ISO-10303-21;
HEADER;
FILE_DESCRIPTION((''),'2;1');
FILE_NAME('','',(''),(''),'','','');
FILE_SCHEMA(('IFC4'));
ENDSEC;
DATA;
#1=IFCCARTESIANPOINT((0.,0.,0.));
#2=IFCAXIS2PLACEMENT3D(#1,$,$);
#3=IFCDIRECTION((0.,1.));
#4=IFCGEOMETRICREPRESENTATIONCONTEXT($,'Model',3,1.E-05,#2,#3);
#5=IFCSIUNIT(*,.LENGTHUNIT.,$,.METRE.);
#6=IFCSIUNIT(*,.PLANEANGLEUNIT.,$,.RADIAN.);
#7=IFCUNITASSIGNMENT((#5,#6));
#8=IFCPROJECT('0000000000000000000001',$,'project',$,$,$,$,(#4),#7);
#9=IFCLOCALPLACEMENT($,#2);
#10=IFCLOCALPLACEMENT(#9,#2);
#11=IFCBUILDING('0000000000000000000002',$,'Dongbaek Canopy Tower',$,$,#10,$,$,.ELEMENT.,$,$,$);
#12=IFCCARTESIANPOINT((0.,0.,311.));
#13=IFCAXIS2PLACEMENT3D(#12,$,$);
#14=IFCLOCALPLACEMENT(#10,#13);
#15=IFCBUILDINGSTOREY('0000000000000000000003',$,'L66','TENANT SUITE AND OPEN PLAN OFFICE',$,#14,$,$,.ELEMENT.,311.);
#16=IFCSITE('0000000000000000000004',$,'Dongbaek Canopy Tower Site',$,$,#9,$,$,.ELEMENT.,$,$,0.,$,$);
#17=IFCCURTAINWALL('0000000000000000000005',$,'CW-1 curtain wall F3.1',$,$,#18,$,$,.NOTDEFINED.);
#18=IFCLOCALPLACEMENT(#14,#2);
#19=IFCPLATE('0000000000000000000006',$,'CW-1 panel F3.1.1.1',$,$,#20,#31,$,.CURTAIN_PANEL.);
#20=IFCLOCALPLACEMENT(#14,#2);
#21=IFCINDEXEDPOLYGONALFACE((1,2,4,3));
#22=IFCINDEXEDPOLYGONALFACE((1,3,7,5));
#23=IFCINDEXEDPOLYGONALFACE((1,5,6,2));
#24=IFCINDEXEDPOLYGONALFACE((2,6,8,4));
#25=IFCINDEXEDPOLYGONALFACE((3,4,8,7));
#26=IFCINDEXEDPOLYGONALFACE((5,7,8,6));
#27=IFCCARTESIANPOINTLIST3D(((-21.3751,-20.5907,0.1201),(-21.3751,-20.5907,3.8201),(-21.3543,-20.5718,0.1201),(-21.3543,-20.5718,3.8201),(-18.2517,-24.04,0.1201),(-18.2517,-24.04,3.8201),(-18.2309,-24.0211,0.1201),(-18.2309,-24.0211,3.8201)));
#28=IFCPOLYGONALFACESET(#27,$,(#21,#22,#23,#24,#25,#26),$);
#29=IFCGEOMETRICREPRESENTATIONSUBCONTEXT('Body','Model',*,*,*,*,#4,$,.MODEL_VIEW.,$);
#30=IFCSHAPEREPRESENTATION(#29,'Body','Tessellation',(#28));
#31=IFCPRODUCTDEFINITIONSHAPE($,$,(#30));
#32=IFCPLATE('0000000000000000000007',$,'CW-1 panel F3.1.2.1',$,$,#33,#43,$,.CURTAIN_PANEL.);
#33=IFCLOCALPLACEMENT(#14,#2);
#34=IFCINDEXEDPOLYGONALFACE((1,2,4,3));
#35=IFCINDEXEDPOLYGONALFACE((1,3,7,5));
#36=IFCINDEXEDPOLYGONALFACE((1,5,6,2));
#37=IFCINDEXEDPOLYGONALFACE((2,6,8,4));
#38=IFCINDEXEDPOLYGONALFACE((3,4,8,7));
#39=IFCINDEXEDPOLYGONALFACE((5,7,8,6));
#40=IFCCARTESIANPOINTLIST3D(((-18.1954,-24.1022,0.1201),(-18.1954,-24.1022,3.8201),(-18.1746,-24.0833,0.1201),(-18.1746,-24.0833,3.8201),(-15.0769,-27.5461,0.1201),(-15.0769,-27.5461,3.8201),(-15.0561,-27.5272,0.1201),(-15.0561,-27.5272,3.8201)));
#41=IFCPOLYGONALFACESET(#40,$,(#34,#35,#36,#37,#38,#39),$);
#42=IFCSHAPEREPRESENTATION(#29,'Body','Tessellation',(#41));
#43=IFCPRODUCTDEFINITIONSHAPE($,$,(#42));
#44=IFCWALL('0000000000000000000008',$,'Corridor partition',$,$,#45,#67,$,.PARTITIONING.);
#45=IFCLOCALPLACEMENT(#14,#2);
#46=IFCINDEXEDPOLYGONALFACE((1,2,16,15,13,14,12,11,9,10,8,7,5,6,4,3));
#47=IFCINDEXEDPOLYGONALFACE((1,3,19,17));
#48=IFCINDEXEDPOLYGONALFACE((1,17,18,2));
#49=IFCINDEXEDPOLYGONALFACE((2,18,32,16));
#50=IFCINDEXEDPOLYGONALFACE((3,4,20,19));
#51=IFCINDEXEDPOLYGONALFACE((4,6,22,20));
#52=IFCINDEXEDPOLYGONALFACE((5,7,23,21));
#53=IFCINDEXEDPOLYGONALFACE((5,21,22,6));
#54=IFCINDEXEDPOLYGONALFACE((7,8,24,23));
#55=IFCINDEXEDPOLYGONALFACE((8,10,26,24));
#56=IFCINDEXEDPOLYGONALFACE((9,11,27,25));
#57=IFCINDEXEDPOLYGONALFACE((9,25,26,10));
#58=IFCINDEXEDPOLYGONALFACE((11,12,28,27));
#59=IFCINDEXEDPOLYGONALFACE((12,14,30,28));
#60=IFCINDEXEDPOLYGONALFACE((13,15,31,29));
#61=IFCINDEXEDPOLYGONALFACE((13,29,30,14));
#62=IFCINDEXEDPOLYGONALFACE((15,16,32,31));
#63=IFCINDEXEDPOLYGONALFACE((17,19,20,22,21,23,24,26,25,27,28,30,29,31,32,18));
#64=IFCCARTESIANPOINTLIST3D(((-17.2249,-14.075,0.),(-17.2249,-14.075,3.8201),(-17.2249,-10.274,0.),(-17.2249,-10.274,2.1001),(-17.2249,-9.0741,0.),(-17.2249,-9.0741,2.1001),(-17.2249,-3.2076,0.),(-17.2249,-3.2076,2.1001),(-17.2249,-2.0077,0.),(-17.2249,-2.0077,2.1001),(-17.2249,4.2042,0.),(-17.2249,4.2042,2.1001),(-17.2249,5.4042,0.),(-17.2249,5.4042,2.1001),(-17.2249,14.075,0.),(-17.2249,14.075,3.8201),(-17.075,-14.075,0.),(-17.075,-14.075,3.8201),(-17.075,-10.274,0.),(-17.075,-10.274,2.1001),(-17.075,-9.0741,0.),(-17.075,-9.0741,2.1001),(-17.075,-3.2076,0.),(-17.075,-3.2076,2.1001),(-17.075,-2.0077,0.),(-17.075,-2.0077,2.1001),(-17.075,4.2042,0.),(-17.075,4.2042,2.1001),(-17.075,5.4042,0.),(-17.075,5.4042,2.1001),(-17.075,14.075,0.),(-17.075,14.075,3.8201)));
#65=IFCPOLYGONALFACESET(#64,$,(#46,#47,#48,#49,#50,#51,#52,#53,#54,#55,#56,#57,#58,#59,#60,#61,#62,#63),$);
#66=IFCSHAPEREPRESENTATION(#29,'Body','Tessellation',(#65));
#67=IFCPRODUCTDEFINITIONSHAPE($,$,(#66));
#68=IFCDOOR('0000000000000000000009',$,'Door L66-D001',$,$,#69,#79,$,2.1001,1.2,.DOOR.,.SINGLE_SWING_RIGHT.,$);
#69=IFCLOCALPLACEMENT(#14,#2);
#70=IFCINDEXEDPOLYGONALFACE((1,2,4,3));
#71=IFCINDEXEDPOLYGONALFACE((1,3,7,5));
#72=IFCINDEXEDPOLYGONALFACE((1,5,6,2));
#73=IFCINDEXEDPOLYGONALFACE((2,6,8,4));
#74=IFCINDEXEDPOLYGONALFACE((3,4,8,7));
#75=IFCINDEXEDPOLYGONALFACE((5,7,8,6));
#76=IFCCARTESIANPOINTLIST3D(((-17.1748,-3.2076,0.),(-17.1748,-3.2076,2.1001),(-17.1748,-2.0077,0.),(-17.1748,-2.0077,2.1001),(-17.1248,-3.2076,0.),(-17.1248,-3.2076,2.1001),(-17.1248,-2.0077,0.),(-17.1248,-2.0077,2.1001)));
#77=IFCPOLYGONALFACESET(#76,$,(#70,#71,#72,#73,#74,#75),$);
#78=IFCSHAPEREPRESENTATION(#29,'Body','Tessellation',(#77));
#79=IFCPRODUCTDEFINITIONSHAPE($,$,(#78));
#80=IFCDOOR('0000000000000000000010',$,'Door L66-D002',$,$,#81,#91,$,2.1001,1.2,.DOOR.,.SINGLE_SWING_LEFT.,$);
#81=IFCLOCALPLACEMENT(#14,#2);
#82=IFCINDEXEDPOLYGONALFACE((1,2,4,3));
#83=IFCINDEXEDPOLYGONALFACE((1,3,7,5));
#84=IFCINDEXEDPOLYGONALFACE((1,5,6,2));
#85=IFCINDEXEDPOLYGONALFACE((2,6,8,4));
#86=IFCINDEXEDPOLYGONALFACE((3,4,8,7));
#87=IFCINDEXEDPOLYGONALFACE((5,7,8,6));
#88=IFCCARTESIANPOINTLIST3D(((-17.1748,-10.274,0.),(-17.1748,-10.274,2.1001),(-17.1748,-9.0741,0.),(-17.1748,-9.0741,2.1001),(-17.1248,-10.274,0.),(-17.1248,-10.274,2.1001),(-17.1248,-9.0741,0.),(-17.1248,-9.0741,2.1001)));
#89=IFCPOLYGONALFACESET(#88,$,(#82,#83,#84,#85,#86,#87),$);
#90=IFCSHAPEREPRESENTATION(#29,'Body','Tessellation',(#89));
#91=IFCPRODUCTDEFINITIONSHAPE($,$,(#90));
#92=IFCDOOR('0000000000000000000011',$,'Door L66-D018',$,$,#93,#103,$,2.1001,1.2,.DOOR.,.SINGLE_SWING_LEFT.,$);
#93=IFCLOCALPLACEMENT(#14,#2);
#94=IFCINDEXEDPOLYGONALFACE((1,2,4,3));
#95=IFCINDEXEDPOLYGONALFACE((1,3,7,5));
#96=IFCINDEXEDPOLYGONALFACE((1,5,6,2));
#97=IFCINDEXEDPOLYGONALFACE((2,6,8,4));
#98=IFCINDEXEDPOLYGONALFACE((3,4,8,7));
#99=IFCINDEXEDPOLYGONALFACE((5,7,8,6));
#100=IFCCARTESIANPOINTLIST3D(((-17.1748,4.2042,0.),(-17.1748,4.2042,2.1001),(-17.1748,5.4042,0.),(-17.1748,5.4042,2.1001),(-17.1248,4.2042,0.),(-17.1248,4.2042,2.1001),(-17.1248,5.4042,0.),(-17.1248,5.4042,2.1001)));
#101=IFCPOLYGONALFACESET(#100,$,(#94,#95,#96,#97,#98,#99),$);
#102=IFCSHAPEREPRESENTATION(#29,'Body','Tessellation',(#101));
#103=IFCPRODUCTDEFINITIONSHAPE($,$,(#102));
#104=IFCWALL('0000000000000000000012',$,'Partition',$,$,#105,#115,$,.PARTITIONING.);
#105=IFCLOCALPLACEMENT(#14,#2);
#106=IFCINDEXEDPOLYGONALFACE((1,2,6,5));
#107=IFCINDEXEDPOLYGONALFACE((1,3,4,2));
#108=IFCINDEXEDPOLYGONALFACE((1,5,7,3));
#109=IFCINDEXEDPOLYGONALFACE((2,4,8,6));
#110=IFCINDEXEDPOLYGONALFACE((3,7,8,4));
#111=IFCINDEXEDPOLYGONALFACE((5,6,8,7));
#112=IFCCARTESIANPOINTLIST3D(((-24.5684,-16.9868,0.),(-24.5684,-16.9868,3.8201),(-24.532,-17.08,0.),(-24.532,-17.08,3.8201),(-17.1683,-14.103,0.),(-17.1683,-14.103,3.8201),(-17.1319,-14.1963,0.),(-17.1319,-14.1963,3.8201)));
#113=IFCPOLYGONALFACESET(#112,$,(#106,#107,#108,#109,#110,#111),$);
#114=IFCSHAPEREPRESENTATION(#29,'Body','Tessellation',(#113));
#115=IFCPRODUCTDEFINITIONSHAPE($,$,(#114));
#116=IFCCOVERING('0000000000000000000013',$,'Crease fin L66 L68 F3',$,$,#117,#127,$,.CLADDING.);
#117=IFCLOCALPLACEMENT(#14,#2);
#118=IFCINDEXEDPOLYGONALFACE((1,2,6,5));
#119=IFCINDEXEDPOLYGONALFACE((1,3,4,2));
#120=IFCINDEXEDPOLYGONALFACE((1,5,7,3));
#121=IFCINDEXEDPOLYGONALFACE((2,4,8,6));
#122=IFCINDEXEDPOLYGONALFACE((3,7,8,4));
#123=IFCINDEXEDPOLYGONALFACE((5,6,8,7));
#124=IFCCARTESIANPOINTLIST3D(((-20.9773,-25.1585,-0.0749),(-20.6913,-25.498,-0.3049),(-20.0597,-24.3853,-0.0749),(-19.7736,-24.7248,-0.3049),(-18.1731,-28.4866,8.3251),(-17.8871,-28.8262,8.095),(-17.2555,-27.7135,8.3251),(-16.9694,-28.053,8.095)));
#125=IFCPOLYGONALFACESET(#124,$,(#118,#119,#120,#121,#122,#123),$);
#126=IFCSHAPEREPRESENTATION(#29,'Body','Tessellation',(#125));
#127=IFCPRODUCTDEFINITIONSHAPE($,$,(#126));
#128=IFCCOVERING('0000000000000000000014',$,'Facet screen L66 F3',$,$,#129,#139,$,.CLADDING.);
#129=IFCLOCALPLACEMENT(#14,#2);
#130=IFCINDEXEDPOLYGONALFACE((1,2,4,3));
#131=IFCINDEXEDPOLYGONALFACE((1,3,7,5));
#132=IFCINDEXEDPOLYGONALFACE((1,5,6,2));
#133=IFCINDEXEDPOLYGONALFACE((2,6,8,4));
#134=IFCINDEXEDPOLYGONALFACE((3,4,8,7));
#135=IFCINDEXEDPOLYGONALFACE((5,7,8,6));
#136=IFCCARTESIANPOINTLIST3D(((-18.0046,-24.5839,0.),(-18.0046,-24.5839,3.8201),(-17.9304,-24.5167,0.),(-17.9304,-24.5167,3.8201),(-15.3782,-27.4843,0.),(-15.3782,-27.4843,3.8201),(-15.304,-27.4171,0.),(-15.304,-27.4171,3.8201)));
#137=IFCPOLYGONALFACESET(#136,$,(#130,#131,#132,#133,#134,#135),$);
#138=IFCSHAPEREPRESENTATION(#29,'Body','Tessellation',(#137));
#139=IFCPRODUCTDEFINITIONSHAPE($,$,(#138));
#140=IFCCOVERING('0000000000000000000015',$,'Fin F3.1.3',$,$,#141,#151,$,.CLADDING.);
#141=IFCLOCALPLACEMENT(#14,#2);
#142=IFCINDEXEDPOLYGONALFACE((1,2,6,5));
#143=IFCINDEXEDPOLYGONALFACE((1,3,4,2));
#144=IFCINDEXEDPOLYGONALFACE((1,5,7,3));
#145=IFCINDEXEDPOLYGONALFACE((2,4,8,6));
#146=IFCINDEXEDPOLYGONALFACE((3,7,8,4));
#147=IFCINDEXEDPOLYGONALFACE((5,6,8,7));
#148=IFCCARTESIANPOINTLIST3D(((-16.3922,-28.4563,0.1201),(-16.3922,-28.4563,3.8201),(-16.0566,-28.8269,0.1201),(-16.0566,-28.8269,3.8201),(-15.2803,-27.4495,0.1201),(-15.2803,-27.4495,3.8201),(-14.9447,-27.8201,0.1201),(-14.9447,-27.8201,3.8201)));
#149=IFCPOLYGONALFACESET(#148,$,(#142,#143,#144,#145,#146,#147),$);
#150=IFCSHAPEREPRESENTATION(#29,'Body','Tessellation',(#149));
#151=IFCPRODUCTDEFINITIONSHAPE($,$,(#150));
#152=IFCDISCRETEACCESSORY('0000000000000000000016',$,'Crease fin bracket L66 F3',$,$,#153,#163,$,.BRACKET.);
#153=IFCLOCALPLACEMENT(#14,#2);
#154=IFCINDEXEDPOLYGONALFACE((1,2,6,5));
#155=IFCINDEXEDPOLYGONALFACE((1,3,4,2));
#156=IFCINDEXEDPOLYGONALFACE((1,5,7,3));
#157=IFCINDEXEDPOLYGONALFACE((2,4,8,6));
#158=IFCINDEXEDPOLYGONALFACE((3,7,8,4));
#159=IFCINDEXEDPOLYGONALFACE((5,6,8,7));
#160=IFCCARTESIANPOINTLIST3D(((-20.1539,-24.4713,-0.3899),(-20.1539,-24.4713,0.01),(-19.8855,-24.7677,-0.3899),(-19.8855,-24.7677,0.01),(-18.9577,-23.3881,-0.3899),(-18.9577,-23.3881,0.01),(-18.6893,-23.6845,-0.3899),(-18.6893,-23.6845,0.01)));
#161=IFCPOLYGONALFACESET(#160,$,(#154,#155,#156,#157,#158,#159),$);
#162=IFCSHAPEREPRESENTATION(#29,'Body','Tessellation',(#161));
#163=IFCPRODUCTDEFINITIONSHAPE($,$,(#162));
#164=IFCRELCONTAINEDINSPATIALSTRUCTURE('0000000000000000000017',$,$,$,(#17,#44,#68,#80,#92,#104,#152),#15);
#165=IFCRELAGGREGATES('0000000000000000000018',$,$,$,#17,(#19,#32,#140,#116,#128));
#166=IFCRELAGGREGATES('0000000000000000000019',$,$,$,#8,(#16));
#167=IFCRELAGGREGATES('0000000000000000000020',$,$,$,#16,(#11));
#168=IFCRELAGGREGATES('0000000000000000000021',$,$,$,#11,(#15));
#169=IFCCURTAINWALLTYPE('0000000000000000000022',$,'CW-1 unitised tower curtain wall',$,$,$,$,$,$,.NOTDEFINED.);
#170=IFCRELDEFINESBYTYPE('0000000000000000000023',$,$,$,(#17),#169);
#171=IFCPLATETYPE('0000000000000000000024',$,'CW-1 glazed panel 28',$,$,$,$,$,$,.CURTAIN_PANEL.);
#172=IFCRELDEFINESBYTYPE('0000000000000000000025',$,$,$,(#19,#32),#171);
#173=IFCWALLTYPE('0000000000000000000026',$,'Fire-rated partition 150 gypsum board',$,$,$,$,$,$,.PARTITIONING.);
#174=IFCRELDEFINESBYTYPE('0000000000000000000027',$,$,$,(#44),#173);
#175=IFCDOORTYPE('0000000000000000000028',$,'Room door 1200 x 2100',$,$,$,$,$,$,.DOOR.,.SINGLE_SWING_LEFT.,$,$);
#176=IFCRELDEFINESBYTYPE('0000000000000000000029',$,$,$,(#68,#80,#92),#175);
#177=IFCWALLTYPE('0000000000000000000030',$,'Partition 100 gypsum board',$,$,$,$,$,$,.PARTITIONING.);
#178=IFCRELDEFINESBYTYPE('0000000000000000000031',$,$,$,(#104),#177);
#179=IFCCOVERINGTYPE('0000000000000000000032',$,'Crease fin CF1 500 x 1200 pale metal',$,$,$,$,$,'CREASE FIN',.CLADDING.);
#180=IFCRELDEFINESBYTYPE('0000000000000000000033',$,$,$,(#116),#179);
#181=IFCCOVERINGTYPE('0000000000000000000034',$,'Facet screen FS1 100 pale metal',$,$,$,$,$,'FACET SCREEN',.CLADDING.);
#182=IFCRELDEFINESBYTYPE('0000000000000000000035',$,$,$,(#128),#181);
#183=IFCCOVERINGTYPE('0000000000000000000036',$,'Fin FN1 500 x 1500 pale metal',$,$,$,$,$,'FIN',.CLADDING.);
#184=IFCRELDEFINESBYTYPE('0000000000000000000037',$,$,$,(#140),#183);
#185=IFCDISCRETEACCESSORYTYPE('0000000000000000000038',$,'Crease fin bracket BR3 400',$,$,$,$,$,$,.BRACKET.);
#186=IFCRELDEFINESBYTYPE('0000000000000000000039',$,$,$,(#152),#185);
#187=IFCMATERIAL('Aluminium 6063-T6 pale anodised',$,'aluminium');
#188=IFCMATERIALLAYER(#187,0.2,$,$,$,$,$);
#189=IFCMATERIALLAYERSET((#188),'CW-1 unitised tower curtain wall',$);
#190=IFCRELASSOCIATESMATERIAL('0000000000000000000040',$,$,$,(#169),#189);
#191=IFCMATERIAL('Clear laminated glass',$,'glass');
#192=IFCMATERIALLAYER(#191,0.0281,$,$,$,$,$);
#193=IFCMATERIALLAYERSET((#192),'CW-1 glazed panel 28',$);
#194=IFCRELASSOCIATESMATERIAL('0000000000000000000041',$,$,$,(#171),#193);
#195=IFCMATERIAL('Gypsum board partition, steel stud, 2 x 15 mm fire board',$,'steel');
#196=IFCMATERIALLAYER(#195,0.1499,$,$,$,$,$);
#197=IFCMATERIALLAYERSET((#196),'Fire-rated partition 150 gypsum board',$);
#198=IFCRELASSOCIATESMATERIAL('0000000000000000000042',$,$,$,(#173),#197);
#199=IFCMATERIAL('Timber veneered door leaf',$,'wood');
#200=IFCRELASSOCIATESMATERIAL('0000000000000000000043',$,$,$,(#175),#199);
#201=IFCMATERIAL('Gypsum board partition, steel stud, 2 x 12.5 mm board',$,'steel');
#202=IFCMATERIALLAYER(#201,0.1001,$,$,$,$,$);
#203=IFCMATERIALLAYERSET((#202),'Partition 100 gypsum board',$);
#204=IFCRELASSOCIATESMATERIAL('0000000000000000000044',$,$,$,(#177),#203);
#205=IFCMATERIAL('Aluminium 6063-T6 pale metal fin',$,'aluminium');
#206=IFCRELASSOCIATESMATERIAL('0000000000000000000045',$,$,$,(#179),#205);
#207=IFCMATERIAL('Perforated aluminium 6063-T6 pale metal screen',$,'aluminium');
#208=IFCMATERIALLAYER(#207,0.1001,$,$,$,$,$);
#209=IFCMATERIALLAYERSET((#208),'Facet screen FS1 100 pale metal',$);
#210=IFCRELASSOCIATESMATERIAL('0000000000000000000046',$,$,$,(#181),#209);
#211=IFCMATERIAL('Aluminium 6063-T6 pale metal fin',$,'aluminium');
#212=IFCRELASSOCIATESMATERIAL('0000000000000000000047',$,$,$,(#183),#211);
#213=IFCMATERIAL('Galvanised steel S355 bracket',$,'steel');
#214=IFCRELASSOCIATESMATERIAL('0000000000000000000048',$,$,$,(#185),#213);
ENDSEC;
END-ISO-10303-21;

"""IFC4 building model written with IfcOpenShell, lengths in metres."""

from ifc_helpers import new_model, si_unit, direction, frame, frame_2d, origin, origin_2d, place, context, subcontext, project, spatial, rectangle, extrude, material, layer, layer_set, material_profile, profile_set, type_object, element, fill, aggregate, save


model = new_model("IFC4")

# Units and contexts
model_context = context("Model", 3, precision=1e-05, world=origin(), true_north=direction((0.0, 1.0)))
body_context = subcontext(model_context, "Body", "Model", "MODEL_VIEW")
ifc_project = project(units=[si_unit("LENGTHUNIT", "METRE"), si_unit("PLANEANGLEUNIT", "RADIAN")], contexts=[model_context])

# Site, building, storey
site_placement = place(None, origin())
site = spatial("IfcSite", under=ifc_project, at=site_placement, Name="Dongbaek Canopy Tower Site", CompositionType="ELEMENT", RefElevation=0.0)
building_placement = place(site_placement, origin())
building = spatial("IfcBuilding", under=site, at=building_placement, Name="Dongbaek Canopy Tower", CompositionType="ELEMENT")
storey_placement = place(building_placement, frame((0.0, 0.0, 311.0)))
storey = spatial("IfcBuildingStorey", under=building, at=storey_placement, Name="L66", Description="TENANT SUITE AND OPEN PLAN OFFICE", CompositionType="ELEMENT", Elevation=311.0)

# Curtain wall
ifc_material_1 = material(Name="Aluminium 6063-T6 pale anodised", Category="aluminium")
ifc_layer_1 = layer(ifc_material_1, 0.2)
ifc_layer_set_1 = layer_set([ifc_layer_1], Name="CW-1 unitised tower curtain wall")
curtain_wall_type = type_object("IfcCurtainWallType", Name="CW-1 unitised tower curtain wall", PredefinedType="NOTDEFINED", material=ifc_layer_set_1)
curtain_wall_placement = place(storey_placement, origin())
curtain_wall = element("IfcCurtainWall", 1, at=curtain_wall_placement, inside=storey, type_object=curtain_wall_type, Name="CW-1 curtain wall F3.1", PredefinedType="NOTDEFINED")

# Plates
ifc_material_2 = material(Name="Clear laminated glass", Category="glass")
ifc_layer_2 = layer(ifc_material_2, 0.0281)
ifc_layer_set_2 = layer_set([ifc_layer_2], Name="CW-1 glazed panel 28")
plate_type = type_object("IfcPlateType", Name="CW-1 glazed panel 28", PredefinedType="CURTAIN_PANEL", material=ifc_layer_set_2)
plate_1_placement = place(storey_placement, frame((-19.803, -22.3059, 0.1201), z_axis=(0.0, 0.0, 1.0), x_axis=(0.671225, -0.741254, 0.0)))
plate_1 = element("IfcPlate", 2, at=plate_1_placement, type_object=plate_type, Name="CW-1 panel F3.1.1.1", PredefinedType="CURTAIN_PANEL", context=body_context, shape_type="SweptSolid", body=[
    extrude(rectangle(XDim=4.6533, YDim=0.0281, at=origin_2d()), origin(), (0.0, 0.0, 1.0), 3.7),
])
plate_2_placement = place(storey_placement, frame((-16.6257, -25.8147, 0.1201), z_axis=(0.0, 0.0, 1.0), x_axis=(0.671225, -0.741254, 0.0)))
plate_2 = element("IfcPlate", 3, at=plate_2_placement, type_object=plate_type, Name="CW-1 panel F3.1.2.1", PredefinedType="CURTAIN_PANEL", context=body_context, shape_type="SweptSolid", body=[
    extrude(rectangle(XDim=4.646, YDim=0.0281, at=origin_2d()), origin(), (0.0, 0.0, 1.0), 3.7),
])

# Wall, openings, doors
ifc_material_3 = material(Name="Gypsum board partition, steel stud, 2 x 15 mm fire board", Category="steel")
ifc_layer_3 = layer(ifc_material_3, 0.1499)
ifc_layer_set_3 = layer_set([ifc_layer_3], Name="Fire-rated partition 150 gypsum board")
wall_type_1 = type_object("IfcWallType", Name="Fire-rated partition 150 gypsum board", PredefinedType="PARTITIONING", material=ifc_layer_set_3)
wall_1_placement = place(storey_placement, frame((-17.1499, -14.075, 0.0), z_axis=(0.0, 0.0, 1.0), x_axis=(0.0, 1.0, 0.0)))
wall_1 = element("IfcWall", 4, at=wall_1_placement, inside=storey, type_object=wall_type_1, Name="Corridor partition", PredefinedType="PARTITIONING", context=body_context, shape_type="SweptSolid", body=[
    extrude(rectangle(XDim=28.1499, YDim=0.1499, at=frame_2d((14.075, 0.0))), origin(), (0.0, 0.0, 1.0), 3.8201),
])
opening_1_placement = place(wall_1_placement, frame((10.8672, 0.0, 0.0)))
opening_1 = element("IfcOpeningElement", 5, at=opening_1_placement, cuts=wall_1, PredefinedType="OPENING", context=body_context, shape_type="SweptSolid", body=[
    extrude(rectangle(XDim=1.2, YDim=2.1001, at=frame_2d((0.6001, 1.05))), frame((0.0, 0.085, 0.0), z_axis=(0.0, -1.0, 0.0), x_axis=(1.0, 0.0, 0.0)), (0.0, 0.0, 1.0), 0.1699),
])
opening_2_placement = place(wall_1_placement, frame((3.8008, 0.0, 0.0)))
opening_2 = element("IfcOpeningElement", 6, at=opening_2_placement, cuts=wall_1, PredefinedType="OPENING", context=body_context, shape_type="SweptSolid", body=[
    extrude(rectangle(XDim=1.2, YDim=2.1001, at=frame_2d((0.6001, 1.05))), frame((0.0, 0.085, 0.0), z_axis=(0.0, -1.0, 0.0), x_axis=(1.0, 0.0, 0.0)), (0.0, 0.0, 1.0), 0.1699),
])
opening_3_placement = place(wall_1_placement, frame((18.2791, 0.0, 0.0)))
opening_3 = element("IfcOpeningElement", 7, at=opening_3_placement, cuts=wall_1, PredefinedType="OPENING", context=body_context, shape_type="SweptSolid", body=[
    extrude(rectangle(XDim=1.2, YDim=2.1001, at=frame_2d((0.6001, 1.05))), frame((0.0, 0.085, 0.0), z_axis=(0.0, -1.0, 0.0), x_axis=(1.0, 0.0, 0.0)), (0.0, 0.0, 1.0), 0.1699),
])
ifc_material_4 = material(Name="Timber veneered door leaf", Category="wood")
door_type = type_object("IfcDoorType", Name="Room door 1200 x 2100", OperationType="SINGLE_SWING_LEFT", PredefinedType="DOOR", material=ifc_material_4)
door_1_placement = place(opening_1_placement, origin())
door_1 = element("IfcDoor", 8, at=door_1_placement, inside=storey, type_object=door_type, Name="Door L66-D001", OperationType="SINGLE_SWING_RIGHT", OverallHeight=2.1001, OverallWidth=1.2, PredefinedType="DOOR", context=body_context, shape_type="SweptSolid", body=[
    extrude(rectangle(XDim=1.2, YDim=2.1001, at=frame_2d((0.6001, 1.05))), frame((0.0, 0.0249, 0.0), z_axis=(0.0, -1.0, 0.0), x_axis=(1.0, 0.0, 0.0)), (0.0, 0.0, 1.0), 0.05),
])
fill(opening_1, door_1)
door_2_placement = place(opening_2_placement, origin())
door_2 = element("IfcDoor", 9, at=door_2_placement, inside=storey, type_object=door_type, Name="Door L66-D002", OperationType="SINGLE_SWING_LEFT", OverallHeight=2.1001, OverallWidth=1.2, PredefinedType="DOOR", context=body_context, shape_type="SweptSolid", body=[
    extrude(rectangle(XDim=1.2, YDim=2.1001, at=frame_2d((0.6001, 1.05))), frame((0.0, 0.0249, 0.0), z_axis=(0.0, -1.0, 0.0), x_axis=(1.0, 0.0, 0.0)), (0.0, 0.0, 1.0), 0.05),
])
fill(opening_2, door_2)
door_3_placement = place(opening_3_placement, origin())
door_3 = element("IfcDoor", 10, at=door_3_placement, inside=storey, type_object=door_type, Name="Door L66-D018", OperationType="SINGLE_SWING_LEFT", OverallHeight=2.1001, OverallWidth=1.2, PredefinedType="DOOR", context=body_context, shape_type="SweptSolid", body=[
    extrude(rectangle(XDim=1.2, YDim=2.1001, at=frame_2d((0.6001, 1.05))), frame((0.0, 0.0249, 0.0), z_axis=(0.0, -1.0, 0.0), x_axis=(1.0, 0.0, 0.0)), (0.0, 0.0, 1.0), 0.05),
])
fill(opening_3, door_3)

# Wall
ifc_material_5 = material(Name="Gypsum board partition, steel stud, 2 x 12.5 mm board", Category="steel")
ifc_layer_4 = layer(ifc_material_5, 0.1001)
ifc_layer_set_4 = layer_set([ifc_layer_4], Name="Partition 100 gypsum board")
wall_type_2 = type_object("IfcWallType", Name="Partition 100 gypsum board", PredefinedType="PARTITIONING", material=ifc_layer_set_4)
wall_2_placement = place(storey_placement, frame((-24.5503, -17.0334, 0.0), z_axis=(0.0, 0.0, 1.0), x_axis=(0.931751, 0.363097, 0.0)))
element("IfcWall", 11, at=wall_2_placement, inside=storey, type_object=wall_type_2, Name="Partition", PredefinedType="PARTITIONING", context=body_context, shape_type="SweptSolid", body=[
    extrude(rectangle(XDim=7.9421, YDim=0.1001, at=frame_2d((3.9712, 0.0))), origin(), (0.0, 0.0, 1.0), 3.8201),
])

# Coverings
ifc_material_6 = material(Name="Aluminium 6063-T6 pale metal fin", Category="aluminium")
ifc_material_profile_1 = material_profile(ifc_material_6, rectangle(XDim=1.2, YDim=0.5, at=origin_2d()), Name="Crease fin CF1 500 x 1200 pale metal")
ifc_profile_set_1 = profile_set([ifc_material_profile_1], Name="Aluminium 6063-T6 pale metal fin")
covering_type_1 = type_object("IfcCoveringType", Name="Crease fin CF1 500 x 1200 pale metal", ElementType="CREASE FIN", PredefinedType="CLADDING", material=ifc_profile_set_1)
covering_1_placement = place(storey_placement, frame((-20.3755, -24.9417, -0.1899), z_axis=(0.296416, -0.351797, 0.887906), x_axis=(0.764734, 0.644346, 0.0)))
covering_1 = element("IfcCovering", 12, at=covering_1_placement, type_object=covering_type_1, Name="Crease fin L66 L68 F3", PredefinedType="CLADDING", context=body_context, shape_type="SweptSolid", body=[
    extrude(rectangle(XDim=1.2, YDim=0.5, at=origin_2d()), origin(), (0.0, 0.0, 1.0), 9.4604),
])
ifc_material_7 = material(Name="Perforated aluminium 6063-T6 pale metal screen", Category="aluminium")
ifc_layer_5 = layer(ifc_material_7, 0.1001)
ifc_layer_set_5 = layer_set([ifc_layer_5], Name="Facet screen FS1 100 pale metal")
covering_type_2 = type_object("IfcCoveringType", Name="Facet screen FS1 100 pale metal", ElementType="FACET SCREEN", PredefinedType="CLADDING", material=ifc_layer_set_5)
covering_2_placement = place(storey_placement, frame((-16.6543, -26.0005, 0.0), z_axis=(0.0, 0.0, 1.0), x_axis=(0.671224, -0.741255, 0.0)))
covering_2 = element("IfcCovering", 13, at=covering_2_placement, type_object=covering_type_2, Name="Facet screen L66 F3", PredefinedType="CLADDING", context=body_context, shape_type="SweptSolid", body=[
    extrude(rectangle(XDim=3.9128, YDim=0.1001, at=origin_2d()), origin(), (0.0, 0.0, 1.0), 3.8201),
])
ifc_material_8 = material(Name="Aluminium 6063-T6 pale metal fin", Category="aluminium")
ifc_material_profile_2 = material_profile(ifc_material_8, rectangle(XDim=1.5, YDim=0.5, at=origin_2d()), Name="Fin FN1 500 x 1500 pale metal")
ifc_profile_set_2 = profile_set([ifc_material_profile_2], Name="Aluminium 6063-T6 pale metal fin")
covering_type_3 = type_object("IfcCoveringType", Name="Fin FN1 500 x 1500 pale metal", ElementType="FIN", PredefinedType="CLADDING", material=ifc_profile_set_2)
covering_3_placement = place(storey_placement, frame((-15.6685, -28.1382, 0.1201), z_axis=(0.0, 0.0, 1.0), x_axis=(-0.741254, -0.671225, 0.0)))
covering_3 = element("IfcCovering", 14, at=covering_3_placement, type_object=covering_type_3, Name="Fin F3.1.3", PredefinedType="CLADDING", context=body_context, shape_type="SweptSolid", body=[
    extrude(rectangle(XDim=1.5, YDim=0.5, at=origin_2d()), origin(), (0.0, 0.0, 1.0), 3.7),
])
aggregate(curtain_wall, [plate_1, plate_2, covering_3, covering_1, covering_2])

# Discrete accessory
ifc_material_9 = material(Name="Galvanised steel S355 bracket", Category="steel")
discrete_accessory_type = type_object("IfcDiscreteAccessoryType", Name="Crease fin bracket BR3 400", PredefinedType="BRACKET", material=ifc_material_9)
discrete_accessory_placement = place(storey_placement, frame((-19.4216, -24.0779, -0.3899), z_axis=(0.0, 0.0, 1.0), x_axis=(-0.741255, -0.671224, 0.0)))
element("IfcDiscreteAccessory", 15, at=discrete_accessory_placement, inside=storey, type_object=discrete_accessory_type, Name="Crease fin bracket L66 F3", PredefinedType="BRACKET", context=body_context, shape_type="SweptSolid", body=[
    extrude(rectangle(XDim=1.6138, YDim=0.3999, at=origin_2d()), origin(), (0.0, 0.0, 1.0), 0.3999),
])

save(model, "model.ifc")
